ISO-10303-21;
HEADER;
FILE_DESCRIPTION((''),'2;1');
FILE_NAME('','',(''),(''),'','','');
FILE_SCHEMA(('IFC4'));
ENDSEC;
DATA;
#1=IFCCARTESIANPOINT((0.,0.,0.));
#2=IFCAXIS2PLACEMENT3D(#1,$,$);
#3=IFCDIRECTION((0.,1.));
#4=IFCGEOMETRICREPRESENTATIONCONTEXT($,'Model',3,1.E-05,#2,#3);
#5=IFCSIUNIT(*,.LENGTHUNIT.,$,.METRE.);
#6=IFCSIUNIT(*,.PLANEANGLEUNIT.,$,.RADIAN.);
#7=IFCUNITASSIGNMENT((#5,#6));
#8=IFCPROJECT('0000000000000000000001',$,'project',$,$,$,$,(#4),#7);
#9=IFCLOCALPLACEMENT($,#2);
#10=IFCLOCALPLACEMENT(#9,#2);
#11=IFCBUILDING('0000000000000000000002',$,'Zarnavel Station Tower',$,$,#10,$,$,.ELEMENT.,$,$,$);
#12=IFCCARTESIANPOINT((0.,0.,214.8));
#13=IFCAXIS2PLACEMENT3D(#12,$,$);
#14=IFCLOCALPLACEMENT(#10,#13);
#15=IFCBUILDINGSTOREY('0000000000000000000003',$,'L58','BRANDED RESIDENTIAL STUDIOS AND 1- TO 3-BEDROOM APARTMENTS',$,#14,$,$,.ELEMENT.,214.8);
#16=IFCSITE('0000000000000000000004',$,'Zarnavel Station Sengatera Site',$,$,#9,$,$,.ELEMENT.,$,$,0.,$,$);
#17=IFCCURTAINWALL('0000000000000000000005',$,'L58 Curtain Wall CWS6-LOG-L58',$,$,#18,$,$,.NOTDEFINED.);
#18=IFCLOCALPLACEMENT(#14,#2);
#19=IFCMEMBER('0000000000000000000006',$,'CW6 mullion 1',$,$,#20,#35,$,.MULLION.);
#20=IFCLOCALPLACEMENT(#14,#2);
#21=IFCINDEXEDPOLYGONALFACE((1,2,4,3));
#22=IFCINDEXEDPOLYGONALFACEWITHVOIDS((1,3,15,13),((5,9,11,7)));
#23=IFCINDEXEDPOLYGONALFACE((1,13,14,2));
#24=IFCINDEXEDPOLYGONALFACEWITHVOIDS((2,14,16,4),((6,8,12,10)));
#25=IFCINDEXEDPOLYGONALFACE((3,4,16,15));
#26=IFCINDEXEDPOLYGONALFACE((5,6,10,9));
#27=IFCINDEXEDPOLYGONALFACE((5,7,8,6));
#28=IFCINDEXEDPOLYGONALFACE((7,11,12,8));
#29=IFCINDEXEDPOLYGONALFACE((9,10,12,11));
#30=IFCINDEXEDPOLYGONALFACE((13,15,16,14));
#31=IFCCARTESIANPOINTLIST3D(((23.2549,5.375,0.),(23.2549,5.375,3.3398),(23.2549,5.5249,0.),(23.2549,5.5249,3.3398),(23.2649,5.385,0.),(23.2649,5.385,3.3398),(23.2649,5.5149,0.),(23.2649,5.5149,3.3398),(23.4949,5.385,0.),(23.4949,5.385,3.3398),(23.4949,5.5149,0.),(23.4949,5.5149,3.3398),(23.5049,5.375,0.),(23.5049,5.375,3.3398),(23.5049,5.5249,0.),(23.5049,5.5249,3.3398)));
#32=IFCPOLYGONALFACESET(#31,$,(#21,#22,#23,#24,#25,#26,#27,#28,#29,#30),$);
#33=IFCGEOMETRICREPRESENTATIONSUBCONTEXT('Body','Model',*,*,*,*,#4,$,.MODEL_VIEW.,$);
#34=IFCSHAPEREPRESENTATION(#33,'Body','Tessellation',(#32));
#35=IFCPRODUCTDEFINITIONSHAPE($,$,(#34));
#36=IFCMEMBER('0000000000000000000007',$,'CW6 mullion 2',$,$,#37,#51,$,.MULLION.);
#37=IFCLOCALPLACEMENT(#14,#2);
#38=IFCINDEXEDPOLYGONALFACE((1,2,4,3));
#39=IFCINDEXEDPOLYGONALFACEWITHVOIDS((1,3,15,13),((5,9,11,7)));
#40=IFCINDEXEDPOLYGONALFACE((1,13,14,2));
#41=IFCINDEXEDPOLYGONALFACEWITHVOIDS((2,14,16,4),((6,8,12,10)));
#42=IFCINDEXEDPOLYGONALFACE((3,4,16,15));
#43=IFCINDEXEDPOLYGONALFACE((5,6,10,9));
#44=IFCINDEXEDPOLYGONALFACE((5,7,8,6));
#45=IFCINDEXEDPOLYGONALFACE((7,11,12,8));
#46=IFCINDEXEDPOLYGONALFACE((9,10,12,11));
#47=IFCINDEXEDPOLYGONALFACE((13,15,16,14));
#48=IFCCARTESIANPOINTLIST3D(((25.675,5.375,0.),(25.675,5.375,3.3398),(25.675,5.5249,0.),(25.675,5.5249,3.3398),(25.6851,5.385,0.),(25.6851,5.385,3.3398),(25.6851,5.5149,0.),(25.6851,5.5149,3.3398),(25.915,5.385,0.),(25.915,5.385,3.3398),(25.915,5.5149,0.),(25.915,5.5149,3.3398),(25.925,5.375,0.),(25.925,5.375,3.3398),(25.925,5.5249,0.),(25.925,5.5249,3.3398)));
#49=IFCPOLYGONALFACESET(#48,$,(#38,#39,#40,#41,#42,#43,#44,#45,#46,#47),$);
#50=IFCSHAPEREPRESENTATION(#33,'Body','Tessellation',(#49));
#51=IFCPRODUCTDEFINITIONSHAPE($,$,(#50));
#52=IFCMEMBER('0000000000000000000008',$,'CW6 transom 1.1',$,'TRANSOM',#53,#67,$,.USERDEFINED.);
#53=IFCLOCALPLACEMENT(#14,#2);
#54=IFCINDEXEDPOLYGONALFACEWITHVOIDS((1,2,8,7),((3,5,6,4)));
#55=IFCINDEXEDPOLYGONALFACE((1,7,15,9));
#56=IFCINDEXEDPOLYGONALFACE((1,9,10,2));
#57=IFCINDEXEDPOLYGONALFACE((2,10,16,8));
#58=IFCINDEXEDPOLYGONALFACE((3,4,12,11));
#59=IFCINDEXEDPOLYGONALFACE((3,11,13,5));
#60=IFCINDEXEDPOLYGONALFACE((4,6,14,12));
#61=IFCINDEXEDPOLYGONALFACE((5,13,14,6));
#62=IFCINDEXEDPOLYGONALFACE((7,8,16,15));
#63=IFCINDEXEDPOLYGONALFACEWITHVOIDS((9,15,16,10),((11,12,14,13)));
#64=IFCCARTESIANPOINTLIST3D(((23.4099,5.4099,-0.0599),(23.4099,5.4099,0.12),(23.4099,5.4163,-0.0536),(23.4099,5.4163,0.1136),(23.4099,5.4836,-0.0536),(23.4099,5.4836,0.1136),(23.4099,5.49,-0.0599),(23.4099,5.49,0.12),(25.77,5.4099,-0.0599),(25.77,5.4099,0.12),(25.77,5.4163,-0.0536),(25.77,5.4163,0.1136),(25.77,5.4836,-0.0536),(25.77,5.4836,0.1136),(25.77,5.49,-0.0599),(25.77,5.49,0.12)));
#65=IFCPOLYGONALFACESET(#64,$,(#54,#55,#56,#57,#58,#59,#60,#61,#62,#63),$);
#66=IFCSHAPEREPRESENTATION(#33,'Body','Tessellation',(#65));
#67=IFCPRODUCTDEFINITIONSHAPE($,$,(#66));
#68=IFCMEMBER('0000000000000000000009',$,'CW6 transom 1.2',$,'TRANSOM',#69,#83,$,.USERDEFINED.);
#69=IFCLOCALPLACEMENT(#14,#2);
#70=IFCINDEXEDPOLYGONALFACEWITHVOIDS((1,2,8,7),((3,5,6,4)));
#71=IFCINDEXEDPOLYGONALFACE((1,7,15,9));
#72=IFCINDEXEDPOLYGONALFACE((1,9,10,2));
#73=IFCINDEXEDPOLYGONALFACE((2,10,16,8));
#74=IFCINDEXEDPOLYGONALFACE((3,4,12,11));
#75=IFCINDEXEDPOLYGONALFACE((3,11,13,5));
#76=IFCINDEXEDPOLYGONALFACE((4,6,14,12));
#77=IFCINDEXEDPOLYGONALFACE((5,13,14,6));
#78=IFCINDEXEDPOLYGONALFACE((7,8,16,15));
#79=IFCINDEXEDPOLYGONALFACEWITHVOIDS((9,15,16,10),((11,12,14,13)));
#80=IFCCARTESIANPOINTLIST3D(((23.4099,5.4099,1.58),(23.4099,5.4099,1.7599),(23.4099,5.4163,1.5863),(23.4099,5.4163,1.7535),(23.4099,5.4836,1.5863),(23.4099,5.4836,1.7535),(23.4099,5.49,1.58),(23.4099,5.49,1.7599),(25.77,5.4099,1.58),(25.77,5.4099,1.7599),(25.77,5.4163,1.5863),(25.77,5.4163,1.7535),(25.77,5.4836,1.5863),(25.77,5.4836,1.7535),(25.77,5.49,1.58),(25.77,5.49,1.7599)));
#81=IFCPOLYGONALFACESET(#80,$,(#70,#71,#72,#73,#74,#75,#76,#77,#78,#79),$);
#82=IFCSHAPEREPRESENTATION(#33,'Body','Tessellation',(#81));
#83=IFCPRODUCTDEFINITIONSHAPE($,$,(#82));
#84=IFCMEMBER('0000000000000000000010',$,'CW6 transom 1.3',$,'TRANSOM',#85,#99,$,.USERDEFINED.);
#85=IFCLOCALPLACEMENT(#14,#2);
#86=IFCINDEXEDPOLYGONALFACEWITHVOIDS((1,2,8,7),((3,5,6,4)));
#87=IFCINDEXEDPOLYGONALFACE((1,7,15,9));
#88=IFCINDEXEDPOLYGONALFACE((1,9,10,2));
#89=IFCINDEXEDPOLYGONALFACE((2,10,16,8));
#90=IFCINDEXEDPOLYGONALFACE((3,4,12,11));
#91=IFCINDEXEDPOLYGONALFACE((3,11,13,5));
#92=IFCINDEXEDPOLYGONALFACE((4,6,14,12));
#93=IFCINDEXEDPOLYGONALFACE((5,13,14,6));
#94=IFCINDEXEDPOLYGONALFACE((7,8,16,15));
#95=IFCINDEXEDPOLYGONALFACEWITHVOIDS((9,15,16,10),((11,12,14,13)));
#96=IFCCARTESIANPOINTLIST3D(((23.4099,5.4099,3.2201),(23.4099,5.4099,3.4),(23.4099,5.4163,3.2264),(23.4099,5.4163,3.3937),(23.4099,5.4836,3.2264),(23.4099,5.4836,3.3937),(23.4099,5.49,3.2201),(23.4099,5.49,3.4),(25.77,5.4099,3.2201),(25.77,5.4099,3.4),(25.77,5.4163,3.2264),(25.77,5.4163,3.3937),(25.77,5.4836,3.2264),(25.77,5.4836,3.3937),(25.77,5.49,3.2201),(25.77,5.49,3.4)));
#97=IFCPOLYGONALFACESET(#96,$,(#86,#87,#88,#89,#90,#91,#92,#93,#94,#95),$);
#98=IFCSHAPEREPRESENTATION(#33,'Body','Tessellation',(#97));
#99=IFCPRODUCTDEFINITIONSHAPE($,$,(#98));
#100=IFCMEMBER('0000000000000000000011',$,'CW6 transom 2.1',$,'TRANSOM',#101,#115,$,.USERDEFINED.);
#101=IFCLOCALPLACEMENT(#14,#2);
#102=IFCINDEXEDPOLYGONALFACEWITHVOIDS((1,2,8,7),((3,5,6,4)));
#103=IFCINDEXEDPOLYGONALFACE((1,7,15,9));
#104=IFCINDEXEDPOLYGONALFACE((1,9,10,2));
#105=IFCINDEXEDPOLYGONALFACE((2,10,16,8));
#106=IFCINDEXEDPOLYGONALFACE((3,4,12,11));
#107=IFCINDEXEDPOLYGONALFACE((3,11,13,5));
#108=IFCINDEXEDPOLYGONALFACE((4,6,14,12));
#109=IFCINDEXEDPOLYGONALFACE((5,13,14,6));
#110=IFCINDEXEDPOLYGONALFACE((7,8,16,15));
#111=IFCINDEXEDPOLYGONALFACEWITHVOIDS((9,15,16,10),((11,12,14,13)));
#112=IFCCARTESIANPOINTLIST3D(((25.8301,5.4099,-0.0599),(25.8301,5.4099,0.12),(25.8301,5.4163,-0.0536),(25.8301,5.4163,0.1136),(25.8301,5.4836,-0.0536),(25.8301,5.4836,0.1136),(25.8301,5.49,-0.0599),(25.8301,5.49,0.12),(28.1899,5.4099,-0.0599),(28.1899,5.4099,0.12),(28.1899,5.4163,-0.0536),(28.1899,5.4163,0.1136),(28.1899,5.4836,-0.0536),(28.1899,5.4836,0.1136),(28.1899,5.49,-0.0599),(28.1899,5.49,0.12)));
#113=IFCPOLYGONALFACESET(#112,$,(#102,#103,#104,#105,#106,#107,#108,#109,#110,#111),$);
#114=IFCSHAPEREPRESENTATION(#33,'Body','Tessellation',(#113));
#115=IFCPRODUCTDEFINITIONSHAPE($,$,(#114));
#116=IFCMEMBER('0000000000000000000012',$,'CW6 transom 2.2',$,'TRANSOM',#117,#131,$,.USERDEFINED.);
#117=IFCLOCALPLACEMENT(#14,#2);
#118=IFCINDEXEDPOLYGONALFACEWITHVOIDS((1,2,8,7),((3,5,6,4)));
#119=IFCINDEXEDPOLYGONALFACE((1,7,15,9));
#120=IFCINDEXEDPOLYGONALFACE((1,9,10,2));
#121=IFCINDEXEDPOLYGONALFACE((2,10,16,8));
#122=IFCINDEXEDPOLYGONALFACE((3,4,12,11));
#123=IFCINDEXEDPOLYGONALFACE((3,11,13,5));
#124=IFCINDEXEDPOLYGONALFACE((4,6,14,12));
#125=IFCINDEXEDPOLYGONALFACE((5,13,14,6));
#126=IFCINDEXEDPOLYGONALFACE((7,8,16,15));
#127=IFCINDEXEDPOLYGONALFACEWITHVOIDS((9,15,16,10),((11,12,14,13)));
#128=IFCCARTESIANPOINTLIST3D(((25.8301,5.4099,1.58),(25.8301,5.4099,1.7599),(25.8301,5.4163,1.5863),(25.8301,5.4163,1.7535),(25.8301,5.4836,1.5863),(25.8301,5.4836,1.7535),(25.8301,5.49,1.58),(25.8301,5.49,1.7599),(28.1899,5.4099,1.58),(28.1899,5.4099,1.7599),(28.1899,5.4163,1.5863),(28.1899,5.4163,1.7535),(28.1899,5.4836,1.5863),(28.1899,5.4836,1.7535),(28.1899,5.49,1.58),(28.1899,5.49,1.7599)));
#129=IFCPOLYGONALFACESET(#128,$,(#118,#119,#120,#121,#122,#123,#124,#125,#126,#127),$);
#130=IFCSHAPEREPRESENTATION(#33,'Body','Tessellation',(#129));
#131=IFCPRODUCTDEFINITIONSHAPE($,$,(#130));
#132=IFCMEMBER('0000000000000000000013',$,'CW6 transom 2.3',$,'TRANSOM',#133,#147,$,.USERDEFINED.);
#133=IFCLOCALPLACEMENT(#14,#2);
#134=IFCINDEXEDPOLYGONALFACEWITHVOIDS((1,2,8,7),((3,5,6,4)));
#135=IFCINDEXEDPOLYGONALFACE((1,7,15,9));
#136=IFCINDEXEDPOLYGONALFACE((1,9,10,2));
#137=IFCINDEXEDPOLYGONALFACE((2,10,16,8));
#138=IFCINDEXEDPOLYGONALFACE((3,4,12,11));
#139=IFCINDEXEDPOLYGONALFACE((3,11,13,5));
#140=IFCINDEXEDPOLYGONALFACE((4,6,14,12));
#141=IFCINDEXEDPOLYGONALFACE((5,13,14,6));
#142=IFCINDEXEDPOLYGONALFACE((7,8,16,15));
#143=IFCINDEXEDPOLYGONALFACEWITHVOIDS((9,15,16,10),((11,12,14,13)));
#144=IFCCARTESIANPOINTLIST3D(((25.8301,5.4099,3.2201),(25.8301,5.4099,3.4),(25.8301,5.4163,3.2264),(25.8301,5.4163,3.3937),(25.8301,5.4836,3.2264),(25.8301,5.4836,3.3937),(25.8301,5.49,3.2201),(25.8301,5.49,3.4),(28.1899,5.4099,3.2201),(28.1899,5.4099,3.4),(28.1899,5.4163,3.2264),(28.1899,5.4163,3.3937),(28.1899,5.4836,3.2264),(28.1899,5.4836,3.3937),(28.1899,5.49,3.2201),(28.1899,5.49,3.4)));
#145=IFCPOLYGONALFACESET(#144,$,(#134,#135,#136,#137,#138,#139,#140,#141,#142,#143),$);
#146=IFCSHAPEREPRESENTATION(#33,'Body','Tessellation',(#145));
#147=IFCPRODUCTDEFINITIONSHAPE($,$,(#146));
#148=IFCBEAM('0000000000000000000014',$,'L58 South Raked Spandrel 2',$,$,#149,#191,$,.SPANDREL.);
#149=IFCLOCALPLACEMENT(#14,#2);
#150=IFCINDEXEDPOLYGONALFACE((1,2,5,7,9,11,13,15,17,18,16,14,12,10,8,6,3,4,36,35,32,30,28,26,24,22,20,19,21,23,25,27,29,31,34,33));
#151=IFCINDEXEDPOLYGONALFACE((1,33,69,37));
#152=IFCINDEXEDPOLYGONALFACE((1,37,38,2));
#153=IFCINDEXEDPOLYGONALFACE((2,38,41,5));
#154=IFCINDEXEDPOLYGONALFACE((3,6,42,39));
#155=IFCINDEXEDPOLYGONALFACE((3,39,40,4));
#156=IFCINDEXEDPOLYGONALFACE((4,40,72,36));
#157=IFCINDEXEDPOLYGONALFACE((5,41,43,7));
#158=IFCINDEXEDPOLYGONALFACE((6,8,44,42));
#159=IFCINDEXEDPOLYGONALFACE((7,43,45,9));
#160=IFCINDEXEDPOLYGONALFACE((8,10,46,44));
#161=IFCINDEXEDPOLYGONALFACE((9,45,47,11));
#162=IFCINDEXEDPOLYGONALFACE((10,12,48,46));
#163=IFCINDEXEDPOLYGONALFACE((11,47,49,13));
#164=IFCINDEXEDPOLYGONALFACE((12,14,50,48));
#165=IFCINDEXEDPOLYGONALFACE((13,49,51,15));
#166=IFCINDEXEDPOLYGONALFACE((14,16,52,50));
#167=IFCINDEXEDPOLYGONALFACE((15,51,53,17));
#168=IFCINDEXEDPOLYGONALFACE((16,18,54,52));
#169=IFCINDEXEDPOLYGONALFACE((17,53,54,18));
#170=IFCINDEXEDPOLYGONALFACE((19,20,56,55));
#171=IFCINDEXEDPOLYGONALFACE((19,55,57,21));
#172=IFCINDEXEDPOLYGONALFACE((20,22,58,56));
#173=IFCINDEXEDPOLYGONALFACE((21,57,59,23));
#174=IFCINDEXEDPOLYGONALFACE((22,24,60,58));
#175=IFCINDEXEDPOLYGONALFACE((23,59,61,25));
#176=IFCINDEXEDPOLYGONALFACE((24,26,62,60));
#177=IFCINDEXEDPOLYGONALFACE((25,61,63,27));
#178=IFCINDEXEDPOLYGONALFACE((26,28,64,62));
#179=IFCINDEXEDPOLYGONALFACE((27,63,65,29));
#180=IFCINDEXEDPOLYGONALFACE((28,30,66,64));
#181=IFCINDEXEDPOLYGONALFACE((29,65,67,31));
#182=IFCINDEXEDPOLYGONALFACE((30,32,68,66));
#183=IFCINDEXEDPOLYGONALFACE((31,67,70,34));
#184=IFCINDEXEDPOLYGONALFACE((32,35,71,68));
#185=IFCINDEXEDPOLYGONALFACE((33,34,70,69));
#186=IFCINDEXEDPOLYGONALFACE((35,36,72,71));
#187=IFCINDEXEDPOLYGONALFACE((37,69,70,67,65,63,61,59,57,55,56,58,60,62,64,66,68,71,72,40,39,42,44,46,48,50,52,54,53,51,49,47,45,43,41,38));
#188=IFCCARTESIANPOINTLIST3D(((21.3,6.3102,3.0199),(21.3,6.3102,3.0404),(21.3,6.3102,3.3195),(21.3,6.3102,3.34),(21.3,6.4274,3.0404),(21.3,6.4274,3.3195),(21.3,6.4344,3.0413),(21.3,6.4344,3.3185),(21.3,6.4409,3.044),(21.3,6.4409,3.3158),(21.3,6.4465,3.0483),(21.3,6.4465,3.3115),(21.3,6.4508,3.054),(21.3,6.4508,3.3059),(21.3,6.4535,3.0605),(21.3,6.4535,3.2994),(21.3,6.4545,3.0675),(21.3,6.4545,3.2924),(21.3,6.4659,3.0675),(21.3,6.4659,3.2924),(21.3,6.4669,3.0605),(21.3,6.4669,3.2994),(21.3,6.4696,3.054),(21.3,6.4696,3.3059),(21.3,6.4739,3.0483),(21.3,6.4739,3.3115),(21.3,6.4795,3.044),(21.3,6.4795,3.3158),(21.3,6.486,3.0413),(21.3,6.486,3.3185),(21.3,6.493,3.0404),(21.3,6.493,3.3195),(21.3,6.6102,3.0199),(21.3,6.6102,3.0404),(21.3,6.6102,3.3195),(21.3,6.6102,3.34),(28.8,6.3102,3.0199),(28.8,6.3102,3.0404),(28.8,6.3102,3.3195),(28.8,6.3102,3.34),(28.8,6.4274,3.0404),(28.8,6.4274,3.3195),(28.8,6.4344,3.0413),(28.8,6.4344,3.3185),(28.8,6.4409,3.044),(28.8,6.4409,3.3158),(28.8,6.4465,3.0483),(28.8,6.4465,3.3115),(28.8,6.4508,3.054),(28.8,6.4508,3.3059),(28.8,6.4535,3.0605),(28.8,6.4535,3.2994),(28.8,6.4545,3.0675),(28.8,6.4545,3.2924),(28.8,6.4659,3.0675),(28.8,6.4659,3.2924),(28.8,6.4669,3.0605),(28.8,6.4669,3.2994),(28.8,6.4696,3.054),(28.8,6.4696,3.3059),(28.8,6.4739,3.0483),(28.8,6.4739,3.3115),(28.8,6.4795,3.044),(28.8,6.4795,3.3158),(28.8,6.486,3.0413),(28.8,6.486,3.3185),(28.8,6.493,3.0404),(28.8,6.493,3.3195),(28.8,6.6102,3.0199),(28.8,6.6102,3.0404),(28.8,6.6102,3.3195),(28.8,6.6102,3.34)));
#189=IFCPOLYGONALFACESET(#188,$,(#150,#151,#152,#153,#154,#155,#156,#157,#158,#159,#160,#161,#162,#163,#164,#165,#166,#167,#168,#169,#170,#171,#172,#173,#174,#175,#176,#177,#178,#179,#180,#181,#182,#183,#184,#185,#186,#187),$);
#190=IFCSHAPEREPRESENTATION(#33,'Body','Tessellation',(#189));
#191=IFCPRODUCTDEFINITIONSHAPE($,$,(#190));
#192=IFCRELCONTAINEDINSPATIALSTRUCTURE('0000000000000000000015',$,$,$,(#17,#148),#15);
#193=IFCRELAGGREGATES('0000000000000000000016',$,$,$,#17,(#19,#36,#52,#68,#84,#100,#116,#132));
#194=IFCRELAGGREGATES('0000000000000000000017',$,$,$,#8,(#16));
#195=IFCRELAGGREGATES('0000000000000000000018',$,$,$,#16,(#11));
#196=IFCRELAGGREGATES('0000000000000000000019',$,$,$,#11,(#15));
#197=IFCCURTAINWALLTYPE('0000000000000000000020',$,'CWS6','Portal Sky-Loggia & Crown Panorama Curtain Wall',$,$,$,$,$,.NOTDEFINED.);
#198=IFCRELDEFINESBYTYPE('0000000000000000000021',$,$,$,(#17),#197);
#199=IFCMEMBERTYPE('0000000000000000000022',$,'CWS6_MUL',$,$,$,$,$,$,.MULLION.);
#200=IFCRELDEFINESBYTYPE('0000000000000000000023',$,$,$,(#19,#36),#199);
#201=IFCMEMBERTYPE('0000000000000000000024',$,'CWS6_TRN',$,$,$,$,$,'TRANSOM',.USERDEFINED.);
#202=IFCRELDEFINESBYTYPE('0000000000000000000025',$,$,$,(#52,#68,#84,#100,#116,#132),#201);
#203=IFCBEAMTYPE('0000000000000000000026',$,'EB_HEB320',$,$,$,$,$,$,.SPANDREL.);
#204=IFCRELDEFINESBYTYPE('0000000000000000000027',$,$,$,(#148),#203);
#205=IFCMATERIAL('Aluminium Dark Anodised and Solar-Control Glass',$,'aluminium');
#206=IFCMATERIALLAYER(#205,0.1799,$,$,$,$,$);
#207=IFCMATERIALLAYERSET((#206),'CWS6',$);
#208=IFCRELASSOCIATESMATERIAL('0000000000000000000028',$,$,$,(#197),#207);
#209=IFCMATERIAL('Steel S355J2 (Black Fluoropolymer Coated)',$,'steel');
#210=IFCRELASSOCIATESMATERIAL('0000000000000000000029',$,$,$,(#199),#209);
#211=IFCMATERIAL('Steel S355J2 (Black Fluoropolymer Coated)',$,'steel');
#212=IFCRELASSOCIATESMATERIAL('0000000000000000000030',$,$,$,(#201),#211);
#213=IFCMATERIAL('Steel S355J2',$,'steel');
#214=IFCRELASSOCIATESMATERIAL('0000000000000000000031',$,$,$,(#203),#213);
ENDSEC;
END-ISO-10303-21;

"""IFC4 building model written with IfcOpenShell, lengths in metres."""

from ifc_helpers import new_model, si_unit, direction, frame, origin, origin_2d, place, context, subcontext, project, spatial, hollow_rectangle, i_section, extrude, material, layer, layer_set, material_profile, profile_set, type_object, element, aggregate, save


model = new_model("IFC4")

# Units and contexts
model_context = context("Model", 3, precision=1e-05, world=origin(), true_north=direction((0.0, 1.0)))
body_context = subcontext(model_context, "Body", "Model", "MODEL_VIEW")
ifc_project = project(units=[si_unit("LENGTHUNIT", "METRE"), si_unit("PLANEANGLEUNIT", "RADIAN")], contexts=[model_context])

# Site, building, storey
site_placement = place(None, origin())
site = spatial("IfcSite", under=ifc_project, at=site_placement, Name="Zarnavel Station Sengatera Site", CompositionType="ELEMENT", RefElevation=0.0)
building_placement = place(site_placement, origin())
building = spatial("IfcBuilding", under=site, at=building_placement, Name="Zarnavel Station Tower", CompositionType="ELEMENT")
storey_placement = place(building_placement, frame((0.0, 0.0, 214.8)))
storey = spatial("IfcBuildingStorey", under=building, at=storey_placement, Name="L58", Description="BRANDED RESIDENTIAL STUDIOS AND 1- TO 3-BEDROOM APARTMENTS", CompositionType="ELEMENT", Elevation=214.8)

# Curtain wall, members
ifc_material_1 = material(Name="Aluminium Dark Anodised and Solar-Control Glass", Category="aluminium")
ifc_layer_1 = layer(ifc_material_1, 0.1799)
ifc_layer_set_1 = layer_set([ifc_layer_1], Name="CWS6")
curtain_wall_type_1 = type_object("IfcCurtainWallType", Name="CWS6", Description="Portal Sky-Loggia & Crown Panorama Curtain Wall", PredefinedType="NOTDEFINED", material=ifc_layer_set_1)
curtain_wall_1_placement = place(storey_placement, origin())
curtain_wall_1 = element("IfcCurtainWall", 1, at=curtain_wall_1_placement, inside=storey, type_object=curtain_wall_type_1, Name="L58 Curtain Wall CWS6-LOG-L58", PredefinedType="NOTDEFINED")
ifc_material_2 = material(Name="Steel S355J2 (Black Fluoropolymer Coated)", Category="steel")
ifc_material_profile_1 = material_profile(ifc_material_2, hollow_rectangle(XDim=0.1499, YDim=0.25, WallThickness=0.01, at=origin_2d()), Name="RHS250x150x10")
ifc_profile_set_1 = profile_set([ifc_material_profile_1], Name="Steel S355J2 (Black Fluoropolymer Coated)")
member_type_1 = type_object("IfcMemberType", Name="CWS6_MUL", PredefinedType="MULLION", material=ifc_profile_set_1)
member_1_placement = place(storey_placement, frame((23.3799, 5.45, 0.0), z_axis=(0.0, 0.0, 1.0), x_axis=(0.0, 1.0, 0.0)))
member_1 = element("IfcMember", 2, at=member_1_placement, type_object=member_type_1, Name="CW6 mullion 1", PredefinedType="MULLION", context=body_context, shape_type="SweptSolid", body=[
    extrude(hollow_rectangle(XDim=0.1499, YDim=0.25, WallThickness=0.01, at=origin_2d()), origin(), (0.0, 0.0, 1.0), 3.3398),
])
member_2_placement = place(storey_placement, frame((25.8, 5.45, 0.0), z_axis=(0.0, 0.0, 1.0), x_axis=(0.0, 1.0, 0.0)))
member_2 = element("IfcMember", 3, at=member_2_placement, type_object=member_type_1, Name="CW6 mullion 2", PredefinedType="MULLION", context=body_context, shape_type="SweptSolid", body=[
    extrude(hollow_rectangle(XDim=0.1499, YDim=0.25, WallThickness=0.01, at=origin_2d()), origin(), (0.0, 0.0, 1.0), 3.3398),
])
ifc_material_3 = material(Name="Steel S355J2 (Black Fluoropolymer Coated)", Category="steel")
ifc_material_profile_2 = material_profile(ifc_material_3, hollow_rectangle(XDim=0.0801, YDim=0.1799, WallThickness=0.0063, at=origin_2d()), Name="RHS180x80x6.3")
ifc_profile_set_2 = profile_set([ifc_material_profile_2], Name="Steel S355J2 (Black Fluoropolymer Coated)")
member_type_2 = type_object("IfcMemberType", Name="CWS6_TRN", ElementType="TRANSOM", PredefinedType="USERDEFINED", material=ifc_profile_set_2)
member_3_placement = place(storey_placement, frame((23.4099, 5.45, 0.03), z_axis=(1.0, 0.0, 0.0), x_axis=(0.0, 1.0, 0.0)))
member_3 = element("IfcMember", 4, at=member_3_placement, type_object=member_type_2, Name="CW6 transom 1.1", ObjectType="TRANSOM", PredefinedType="USERDEFINED", context=body_context, shape_type="SweptSolid", body=[
    extrude(hollow_rectangle(XDim=0.0801, YDim=0.1799, WallThickness=0.0063, at=origin_2d()), origin(), (0.0, 0.0, 1.0), 2.3601),
])
member_4_placement = place(storey_placement, frame((23.4099, 5.45, 1.6699), z_axis=(1.0, 0.0, 0.0), x_axis=(0.0, 1.0, 0.0)))
member_4 = element("IfcMember", 5, at=member_4_placement, type_object=member_type_2, Name="CW6 transom 1.2", ObjectType="TRANSOM", PredefinedType="USERDEFINED", context=body_context, shape_type="SweptSolid", body=[
    extrude(hollow_rectangle(XDim=0.0801, YDim=0.1799, WallThickness=0.0063, at=origin_2d()), origin(), (0.0, 0.0, 1.0), 2.3601),
])
member_5_placement = place(storey_placement, frame((23.4099, 5.45, 3.3101), z_axis=(1.0, 0.0, 0.0), x_axis=(0.0, 1.0, 0.0)))
member_5 = element("IfcMember", 6, at=member_5_placement, type_object=member_type_2, Name="CW6 transom 1.3", ObjectType="TRANSOM", PredefinedType="USERDEFINED", context=body_context, shape_type="SweptSolid", body=[
    extrude(hollow_rectangle(XDim=0.0801, YDim=0.1799, WallThickness=0.0063, at=origin_2d()), origin(), (0.0, 0.0, 1.0), 2.3601),
])
member_6_placement = place(storey_placement, frame((25.8301, 5.45, 0.03), z_axis=(1.0, 0.0, 0.0), x_axis=(0.0, 1.0, 0.0)))
member_6 = element("IfcMember", 7, at=member_6_placement, type_object=member_type_2, Name="CW6 transom 2.1", ObjectType="TRANSOM", PredefinedType="USERDEFINED", context=body_context, shape_type="SweptSolid", body=[
    extrude(hollow_rectangle(XDim=0.0801, YDim=0.1799, WallThickness=0.0063, at=origin_2d()), origin(), (0.0, 0.0, 1.0), 2.3599),
])
member_7_placement = place(storey_placement, frame((25.8301, 5.45, 1.6699), z_axis=(1.0, 0.0, 0.0), x_axis=(0.0, 1.0, 0.0)))
member_7 = element("IfcMember", 8, at=member_7_placement, type_object=member_type_2, Name="CW6 transom 2.2", ObjectType="TRANSOM", PredefinedType="USERDEFINED", context=body_context, shape_type="SweptSolid", body=[
    extrude(hollow_rectangle(XDim=0.0801, YDim=0.1799, WallThickness=0.0063, at=origin_2d()), origin(), (0.0, 0.0, 1.0), 2.3599),
])
member_8_placement = place(storey_placement, frame((25.8301, 5.45, 3.3101), z_axis=(1.0, 0.0, 0.0), x_axis=(0.0, 1.0, 0.0)))
member_8 = element("IfcMember", 9, at=member_8_placement, type_object=member_type_2, Name="CW6 transom 2.3", ObjectType="TRANSOM", PredefinedType="USERDEFINED", context=body_context, shape_type="SweptSolid", body=[
    extrude(hollow_rectangle(XDim=0.0801, YDim=0.1799, WallThickness=0.0063, at=origin_2d()), origin(), (0.0, 0.0, 1.0), 2.3599),
])

# Beam
ifc_material_4 = material(Name="Steel S355J2", Category="steel")
ifc_material_profile_3 = material_profile(ifc_material_4, i_section(OverallWidth=0.3, OverallDepth=0.3201, WebThickness=0.0115, FlangeThickness=0.0205, FilletRadius=0.0271, at=origin_2d()), Name="HEB320")
ifc_profile_set_3 = profile_set([ifc_material_profile_3], Name="Steel S355J2")
beam_type_1 = type_object("IfcBeamType", Name="EB_HEB320", PredefinedType="SPANDREL", material=ifc_profile_set_3)
beam_1_placement = place(storey_placement, frame((21.3, 6.4602, 3.1799), z_axis=(1.0, 0.0, 0.0), x_axis=(0.0, 1.0, 0.0)))
element("IfcBeam", 10, at=beam_1_placement, inside=storey, type_object=beam_type_1, Name="L58 South Raked Spandrel 2", PredefinedType="SPANDREL", context=body_context, shape_type="SweptSolid", body=[
    extrude(i_section(OverallWidth=0.3, OverallDepth=0.3201, WebThickness=0.0115, FlangeThickness=0.0205, FilletRadius=0.0271, at=origin_2d()), origin(), (0.0, 0.0, 1.0), 7.5),
])

aggregate(curtain_wall_1, [member_1, member_2, member_3, member_4, member_5, member_6, member_7, member_8])

save(model, "model.ifc")
